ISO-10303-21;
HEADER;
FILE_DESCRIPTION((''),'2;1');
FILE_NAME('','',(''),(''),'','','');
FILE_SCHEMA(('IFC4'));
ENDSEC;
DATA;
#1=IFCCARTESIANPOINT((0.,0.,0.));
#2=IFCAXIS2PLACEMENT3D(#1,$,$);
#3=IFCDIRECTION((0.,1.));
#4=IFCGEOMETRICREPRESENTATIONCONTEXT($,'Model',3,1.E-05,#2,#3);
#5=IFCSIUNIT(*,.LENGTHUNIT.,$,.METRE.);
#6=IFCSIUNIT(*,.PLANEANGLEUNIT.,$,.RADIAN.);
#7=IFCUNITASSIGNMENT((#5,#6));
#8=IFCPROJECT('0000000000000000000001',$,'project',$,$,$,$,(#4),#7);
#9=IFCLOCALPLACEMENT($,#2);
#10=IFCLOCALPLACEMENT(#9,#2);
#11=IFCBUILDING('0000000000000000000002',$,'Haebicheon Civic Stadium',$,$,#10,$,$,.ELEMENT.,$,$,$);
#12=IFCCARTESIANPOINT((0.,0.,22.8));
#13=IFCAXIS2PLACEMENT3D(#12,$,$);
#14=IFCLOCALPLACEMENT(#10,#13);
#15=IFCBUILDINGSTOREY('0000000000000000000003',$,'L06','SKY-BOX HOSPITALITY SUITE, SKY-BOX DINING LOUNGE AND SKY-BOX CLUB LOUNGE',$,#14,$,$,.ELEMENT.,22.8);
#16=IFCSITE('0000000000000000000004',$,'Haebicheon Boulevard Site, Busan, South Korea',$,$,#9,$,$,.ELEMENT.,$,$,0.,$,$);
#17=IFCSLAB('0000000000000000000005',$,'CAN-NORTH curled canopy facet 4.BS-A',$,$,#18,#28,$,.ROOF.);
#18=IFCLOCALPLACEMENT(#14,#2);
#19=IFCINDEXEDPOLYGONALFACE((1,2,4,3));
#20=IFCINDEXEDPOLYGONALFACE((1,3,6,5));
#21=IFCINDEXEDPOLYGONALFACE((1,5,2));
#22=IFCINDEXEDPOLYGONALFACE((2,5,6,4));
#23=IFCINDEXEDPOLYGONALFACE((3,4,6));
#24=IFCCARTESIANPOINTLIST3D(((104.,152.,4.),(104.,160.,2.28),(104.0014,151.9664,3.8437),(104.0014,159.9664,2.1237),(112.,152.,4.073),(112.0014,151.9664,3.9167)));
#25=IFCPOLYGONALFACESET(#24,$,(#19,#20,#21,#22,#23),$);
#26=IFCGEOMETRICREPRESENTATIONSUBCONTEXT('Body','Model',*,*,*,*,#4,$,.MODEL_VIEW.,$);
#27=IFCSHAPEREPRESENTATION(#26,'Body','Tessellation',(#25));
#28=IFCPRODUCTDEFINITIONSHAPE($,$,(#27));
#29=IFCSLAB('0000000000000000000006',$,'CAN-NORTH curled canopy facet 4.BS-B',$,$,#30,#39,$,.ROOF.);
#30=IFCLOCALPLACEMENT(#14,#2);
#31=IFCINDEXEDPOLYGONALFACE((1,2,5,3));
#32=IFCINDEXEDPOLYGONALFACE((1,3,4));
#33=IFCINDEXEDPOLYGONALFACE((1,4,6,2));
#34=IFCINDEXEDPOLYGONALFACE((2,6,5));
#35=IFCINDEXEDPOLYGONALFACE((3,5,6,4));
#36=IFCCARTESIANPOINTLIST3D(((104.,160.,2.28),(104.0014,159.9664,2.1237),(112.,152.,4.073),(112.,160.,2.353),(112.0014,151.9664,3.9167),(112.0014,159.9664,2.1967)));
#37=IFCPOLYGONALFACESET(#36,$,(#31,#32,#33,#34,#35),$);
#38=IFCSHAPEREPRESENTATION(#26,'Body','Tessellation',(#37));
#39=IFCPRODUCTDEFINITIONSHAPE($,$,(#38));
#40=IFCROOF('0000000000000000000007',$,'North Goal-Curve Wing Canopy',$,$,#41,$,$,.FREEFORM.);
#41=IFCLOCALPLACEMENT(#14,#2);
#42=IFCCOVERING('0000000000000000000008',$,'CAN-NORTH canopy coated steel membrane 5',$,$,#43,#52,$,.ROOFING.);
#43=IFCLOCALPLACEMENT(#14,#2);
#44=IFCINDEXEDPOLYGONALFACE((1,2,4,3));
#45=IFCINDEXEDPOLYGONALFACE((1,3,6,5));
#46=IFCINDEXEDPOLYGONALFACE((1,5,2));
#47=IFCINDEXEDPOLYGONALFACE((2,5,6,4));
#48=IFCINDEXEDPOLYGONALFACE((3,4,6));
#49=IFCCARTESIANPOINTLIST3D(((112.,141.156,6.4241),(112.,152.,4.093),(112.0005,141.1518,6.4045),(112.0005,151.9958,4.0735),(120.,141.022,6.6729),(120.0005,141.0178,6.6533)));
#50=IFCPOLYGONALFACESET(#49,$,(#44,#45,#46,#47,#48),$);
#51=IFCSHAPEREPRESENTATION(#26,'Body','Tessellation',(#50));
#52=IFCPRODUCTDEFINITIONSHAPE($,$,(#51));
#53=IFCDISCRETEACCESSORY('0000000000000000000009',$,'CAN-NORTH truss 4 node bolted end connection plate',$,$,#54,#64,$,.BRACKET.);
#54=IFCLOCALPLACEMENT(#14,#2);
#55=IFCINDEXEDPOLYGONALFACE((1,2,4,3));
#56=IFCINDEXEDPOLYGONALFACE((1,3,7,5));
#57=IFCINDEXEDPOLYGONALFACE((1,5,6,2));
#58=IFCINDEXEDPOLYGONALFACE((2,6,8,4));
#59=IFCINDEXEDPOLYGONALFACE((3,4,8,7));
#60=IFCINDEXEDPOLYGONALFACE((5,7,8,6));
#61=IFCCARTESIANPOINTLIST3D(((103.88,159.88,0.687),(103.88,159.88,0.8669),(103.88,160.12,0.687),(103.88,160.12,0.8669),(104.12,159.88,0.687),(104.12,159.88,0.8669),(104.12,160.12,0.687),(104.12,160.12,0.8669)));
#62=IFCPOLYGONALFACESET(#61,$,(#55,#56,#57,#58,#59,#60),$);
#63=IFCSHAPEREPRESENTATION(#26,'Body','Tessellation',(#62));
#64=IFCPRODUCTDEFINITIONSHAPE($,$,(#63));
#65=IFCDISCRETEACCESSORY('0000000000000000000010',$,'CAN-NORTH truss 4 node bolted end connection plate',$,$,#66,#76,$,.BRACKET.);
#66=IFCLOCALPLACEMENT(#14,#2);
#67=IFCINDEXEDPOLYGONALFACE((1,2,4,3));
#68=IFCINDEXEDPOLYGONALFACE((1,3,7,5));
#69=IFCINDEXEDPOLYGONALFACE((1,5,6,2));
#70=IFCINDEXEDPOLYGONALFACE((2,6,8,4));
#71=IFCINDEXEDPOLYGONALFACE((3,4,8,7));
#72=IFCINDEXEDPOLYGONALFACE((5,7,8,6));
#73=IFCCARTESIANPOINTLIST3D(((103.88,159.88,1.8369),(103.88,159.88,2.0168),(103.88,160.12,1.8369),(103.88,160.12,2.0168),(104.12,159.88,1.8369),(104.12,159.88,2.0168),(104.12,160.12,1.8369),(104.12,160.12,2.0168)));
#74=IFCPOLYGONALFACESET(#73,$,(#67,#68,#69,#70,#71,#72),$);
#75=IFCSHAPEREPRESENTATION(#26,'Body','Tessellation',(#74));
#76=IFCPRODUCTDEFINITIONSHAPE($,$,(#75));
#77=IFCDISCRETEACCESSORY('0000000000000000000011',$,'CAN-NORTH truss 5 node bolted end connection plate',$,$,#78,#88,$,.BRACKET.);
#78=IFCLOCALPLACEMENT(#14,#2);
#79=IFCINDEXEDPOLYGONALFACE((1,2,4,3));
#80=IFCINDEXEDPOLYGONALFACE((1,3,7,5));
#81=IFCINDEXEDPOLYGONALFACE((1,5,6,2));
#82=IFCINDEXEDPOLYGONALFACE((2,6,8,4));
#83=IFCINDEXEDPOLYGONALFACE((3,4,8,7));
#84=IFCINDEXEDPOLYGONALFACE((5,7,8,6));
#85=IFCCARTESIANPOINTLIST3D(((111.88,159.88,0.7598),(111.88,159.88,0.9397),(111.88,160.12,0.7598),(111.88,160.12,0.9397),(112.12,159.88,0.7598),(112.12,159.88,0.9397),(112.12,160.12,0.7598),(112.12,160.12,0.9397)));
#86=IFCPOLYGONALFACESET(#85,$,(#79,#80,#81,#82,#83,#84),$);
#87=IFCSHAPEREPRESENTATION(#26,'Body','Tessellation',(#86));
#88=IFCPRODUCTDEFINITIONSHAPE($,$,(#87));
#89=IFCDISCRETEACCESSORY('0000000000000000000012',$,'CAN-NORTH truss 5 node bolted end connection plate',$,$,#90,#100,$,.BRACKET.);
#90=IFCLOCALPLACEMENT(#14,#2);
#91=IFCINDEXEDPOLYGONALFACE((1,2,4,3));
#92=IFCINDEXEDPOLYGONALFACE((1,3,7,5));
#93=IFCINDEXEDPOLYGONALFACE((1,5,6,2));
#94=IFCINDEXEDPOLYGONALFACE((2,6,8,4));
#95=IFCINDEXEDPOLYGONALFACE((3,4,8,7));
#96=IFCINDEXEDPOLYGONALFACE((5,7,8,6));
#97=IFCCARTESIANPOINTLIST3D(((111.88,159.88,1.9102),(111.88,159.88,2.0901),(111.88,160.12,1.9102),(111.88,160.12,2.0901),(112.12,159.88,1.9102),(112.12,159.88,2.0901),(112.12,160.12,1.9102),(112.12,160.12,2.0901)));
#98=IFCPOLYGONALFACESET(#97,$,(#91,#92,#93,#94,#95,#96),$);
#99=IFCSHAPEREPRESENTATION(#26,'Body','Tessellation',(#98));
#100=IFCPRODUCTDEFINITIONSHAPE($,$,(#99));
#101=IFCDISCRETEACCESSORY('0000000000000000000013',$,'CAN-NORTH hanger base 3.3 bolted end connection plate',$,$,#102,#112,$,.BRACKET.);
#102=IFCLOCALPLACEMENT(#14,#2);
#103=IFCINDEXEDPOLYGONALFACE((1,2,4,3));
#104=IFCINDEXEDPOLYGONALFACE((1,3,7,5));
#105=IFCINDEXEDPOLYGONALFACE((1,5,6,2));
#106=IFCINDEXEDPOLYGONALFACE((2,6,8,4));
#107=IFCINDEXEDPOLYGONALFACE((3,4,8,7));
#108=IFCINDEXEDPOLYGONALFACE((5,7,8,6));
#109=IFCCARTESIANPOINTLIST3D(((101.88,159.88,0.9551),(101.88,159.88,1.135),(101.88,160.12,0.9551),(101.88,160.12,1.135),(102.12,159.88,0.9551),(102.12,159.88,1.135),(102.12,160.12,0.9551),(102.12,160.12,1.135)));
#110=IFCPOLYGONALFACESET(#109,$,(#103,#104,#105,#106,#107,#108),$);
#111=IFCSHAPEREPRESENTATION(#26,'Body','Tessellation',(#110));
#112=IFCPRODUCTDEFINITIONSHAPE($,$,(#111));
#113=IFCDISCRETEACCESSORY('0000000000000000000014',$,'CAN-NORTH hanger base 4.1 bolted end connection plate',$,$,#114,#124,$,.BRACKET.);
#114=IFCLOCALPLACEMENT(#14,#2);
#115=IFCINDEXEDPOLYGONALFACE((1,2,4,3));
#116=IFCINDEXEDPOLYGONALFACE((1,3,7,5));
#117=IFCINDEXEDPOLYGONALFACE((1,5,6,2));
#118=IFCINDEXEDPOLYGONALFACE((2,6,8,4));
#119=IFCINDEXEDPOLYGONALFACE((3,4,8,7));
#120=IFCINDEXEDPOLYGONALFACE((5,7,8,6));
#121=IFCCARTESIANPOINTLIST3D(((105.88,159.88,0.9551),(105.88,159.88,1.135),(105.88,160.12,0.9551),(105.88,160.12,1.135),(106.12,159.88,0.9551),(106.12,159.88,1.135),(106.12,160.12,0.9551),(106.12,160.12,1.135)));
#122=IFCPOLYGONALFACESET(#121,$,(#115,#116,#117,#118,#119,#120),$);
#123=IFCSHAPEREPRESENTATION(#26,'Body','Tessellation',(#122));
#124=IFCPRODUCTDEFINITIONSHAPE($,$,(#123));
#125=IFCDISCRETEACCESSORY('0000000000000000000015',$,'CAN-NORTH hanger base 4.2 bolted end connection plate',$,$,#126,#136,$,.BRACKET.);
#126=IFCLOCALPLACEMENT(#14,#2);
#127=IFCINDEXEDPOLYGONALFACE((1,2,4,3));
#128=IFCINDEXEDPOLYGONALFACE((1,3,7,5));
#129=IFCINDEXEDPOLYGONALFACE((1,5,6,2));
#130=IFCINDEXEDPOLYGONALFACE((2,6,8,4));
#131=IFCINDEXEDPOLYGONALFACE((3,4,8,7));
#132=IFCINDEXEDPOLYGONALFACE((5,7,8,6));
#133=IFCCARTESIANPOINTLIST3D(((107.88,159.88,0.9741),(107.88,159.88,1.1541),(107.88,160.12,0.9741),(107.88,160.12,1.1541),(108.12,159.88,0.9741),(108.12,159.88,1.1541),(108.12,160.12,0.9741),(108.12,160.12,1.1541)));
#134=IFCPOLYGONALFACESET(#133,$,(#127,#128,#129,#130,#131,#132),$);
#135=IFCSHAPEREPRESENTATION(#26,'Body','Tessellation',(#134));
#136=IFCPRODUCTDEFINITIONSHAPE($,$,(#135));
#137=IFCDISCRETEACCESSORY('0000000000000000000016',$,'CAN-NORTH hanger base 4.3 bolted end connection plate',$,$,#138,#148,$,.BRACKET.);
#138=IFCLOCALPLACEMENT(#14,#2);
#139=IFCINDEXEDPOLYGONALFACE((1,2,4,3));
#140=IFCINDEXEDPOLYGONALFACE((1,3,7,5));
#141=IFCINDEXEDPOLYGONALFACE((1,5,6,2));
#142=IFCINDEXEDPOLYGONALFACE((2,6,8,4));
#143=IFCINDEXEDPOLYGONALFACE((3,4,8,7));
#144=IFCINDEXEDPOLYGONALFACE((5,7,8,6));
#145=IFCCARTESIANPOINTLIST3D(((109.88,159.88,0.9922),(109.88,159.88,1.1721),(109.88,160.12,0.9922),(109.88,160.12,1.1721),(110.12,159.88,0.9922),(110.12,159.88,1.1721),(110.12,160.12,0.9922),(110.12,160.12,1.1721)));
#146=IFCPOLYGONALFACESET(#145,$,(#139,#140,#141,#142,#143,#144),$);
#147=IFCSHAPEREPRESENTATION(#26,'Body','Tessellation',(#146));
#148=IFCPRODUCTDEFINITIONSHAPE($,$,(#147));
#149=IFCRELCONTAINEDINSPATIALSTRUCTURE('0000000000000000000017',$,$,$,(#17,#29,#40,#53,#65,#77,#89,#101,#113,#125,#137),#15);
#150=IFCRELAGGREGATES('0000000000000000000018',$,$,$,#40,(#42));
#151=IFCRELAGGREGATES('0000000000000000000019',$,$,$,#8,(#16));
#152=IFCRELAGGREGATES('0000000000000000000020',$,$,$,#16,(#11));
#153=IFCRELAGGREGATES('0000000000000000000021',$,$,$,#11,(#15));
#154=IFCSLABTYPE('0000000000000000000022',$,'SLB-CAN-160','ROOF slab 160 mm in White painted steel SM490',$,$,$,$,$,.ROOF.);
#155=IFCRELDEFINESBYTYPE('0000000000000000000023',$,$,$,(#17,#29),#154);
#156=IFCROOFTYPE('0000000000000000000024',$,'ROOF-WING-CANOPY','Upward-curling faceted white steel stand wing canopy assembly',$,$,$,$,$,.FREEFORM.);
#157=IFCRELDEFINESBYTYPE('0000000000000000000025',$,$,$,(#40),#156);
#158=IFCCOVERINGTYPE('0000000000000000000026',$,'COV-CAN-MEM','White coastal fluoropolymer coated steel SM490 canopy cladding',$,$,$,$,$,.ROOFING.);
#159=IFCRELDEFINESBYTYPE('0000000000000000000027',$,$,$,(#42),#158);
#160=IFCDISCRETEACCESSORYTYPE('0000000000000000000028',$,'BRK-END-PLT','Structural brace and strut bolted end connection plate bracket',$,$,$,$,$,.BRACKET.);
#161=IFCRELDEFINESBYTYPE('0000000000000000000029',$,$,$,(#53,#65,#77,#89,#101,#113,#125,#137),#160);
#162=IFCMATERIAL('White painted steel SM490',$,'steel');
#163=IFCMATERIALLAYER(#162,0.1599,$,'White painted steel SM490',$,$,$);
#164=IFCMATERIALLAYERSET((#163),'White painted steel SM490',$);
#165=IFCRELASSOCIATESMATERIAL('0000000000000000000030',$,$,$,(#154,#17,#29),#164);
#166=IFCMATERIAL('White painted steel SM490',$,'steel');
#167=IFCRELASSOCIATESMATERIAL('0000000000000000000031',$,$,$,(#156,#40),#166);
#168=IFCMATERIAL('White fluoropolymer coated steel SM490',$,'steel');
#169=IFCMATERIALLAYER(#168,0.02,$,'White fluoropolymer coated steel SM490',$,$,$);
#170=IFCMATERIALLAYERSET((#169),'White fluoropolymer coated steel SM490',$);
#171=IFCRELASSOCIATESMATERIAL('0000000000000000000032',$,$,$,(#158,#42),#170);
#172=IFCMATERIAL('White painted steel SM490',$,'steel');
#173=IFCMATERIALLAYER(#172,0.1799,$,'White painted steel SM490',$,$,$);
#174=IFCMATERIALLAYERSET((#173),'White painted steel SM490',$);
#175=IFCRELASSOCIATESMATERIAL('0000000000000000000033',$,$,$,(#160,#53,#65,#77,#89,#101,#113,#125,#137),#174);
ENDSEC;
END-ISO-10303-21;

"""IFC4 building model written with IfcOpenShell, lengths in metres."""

from ifc_helpers import new_model, si_unit, direction, frame, origin, origin_2d, place, context, subcontext, project, spatial, polyline, rectangle, outline, extrude, material, layer, layer_set, type_object, element, aggregate, save


model = new_model("IFC4")

# Units and contexts
model_context = context("Model", 3, precision=1e-05, world=origin(), true_north=direction((0.0, 1.0)))
body_context = subcontext(model_context, "Body", "Model", "MODEL_VIEW")
ifc_project = project(units=[si_unit("LENGTHUNIT", "METRE"), si_unit("PLANEANGLEUNIT", "RADIAN")], contexts=[model_context])

# Site, building, storey
site_placement = place(None, origin())
site = spatial("IfcSite", under=ifc_project, at=site_placement, Name="Haebicheon Boulevard Site, Busan, South Korea", CompositionType="ELEMENT", RefElevation=0.0)
building_placement = place(site_placement, origin())
building = spatial("IfcBuilding", under=site, at=building_placement, Name="Haebicheon Civic Stadium", CompositionType="ELEMENT")
storey_placement = place(building_placement, frame((0.0, 0.0, 22.8)))
storey = spatial("IfcBuildingStorey", under=building, at=storey_placement, Name="L06", Description="SKY-BOX HOSPITALITY SUITE, SKY-BOX DINING LOUNGE AND SKY-BOX CLUB LOUNGE", CompositionType="ELEMENT", Elevation=22.8)

# Slabs
ifc_material_1 = material(Name="White painted steel SM490", Category="steel")
ifc_layer_1 = layer(ifc_material_1, 0.1599, Name="White painted steel SM490")
ifc_layer_set_1 = layer_set([ifc_layer_1], Name="White painted steel SM490")
slab_type = type_object("IfcSlabType", Name="SLB-CAN-160", Description="ROOF slab 160 mm in White painted steel SM490", PredefinedType="ROOF", material=ifc_layer_set_1)
slab_1_placement = place(storey_placement, frame((104.0, 160.0, 2.28), z_axis=(-0.008921, 0.210185, 0.977621), x_axis=(0.0, -0.97766, 0.210193)))
element("IfcSlab", 1, at=slab_1_placement, inside=storey, type_object=slab_type, material=ifc_layer_set_1, Name="CAN-NORTH curled canopy facet 4.BS-A", PredefinedType="ROOF", context=body_context, shape_type="SweptSolid", body=[
    extrude(outline(polyline([(0.0, 0.0), (8.1828, 0.0), (8.1981, 8.0003), (0.0, 0.0)])), origin(), (0.0, 0.0, -1.0), 0.1599),
])
slab_2_placement = place(storey_placement, frame((104.0, 160.0, 2.28), z_axis=(-0.008921, 0.210185, 0.977621), x_axis=(0.698391, -0.698391, 0.156524)))
element("IfcSlab", 2, at=slab_2_placement, inside=storey, type_object=slab_type, material=ifc_layer_set_1, Name="CAN-NORTH curled canopy facet 4.BS-B", PredefinedType="ROOF", context=body_context, shape_type="SweptSolid", body=[
    extrude(outline(polyline([(0.0, 0.0), (11.4549, 0.0), (5.5986, 5.715), (0.0, 0.0)])), origin(), (0.0, 0.0, -1.0), 0.1599),
])

# Roof, covering
ifc_material_2 = material(Name="White painted steel SM490", Category="steel")
roof_type = type_object("IfcRoofType", Name="ROOF-WING-CANOPY", Description="Upward-curling faceted white steel stand wing canopy assembly", PredefinedType="FREEFORM", material=ifc_material_2)
roof_placement = place(storey_placement, origin())
roof = element("IfcRoof", 3, at=roof_placement, inside=storey, type_object=roof_type, material=ifc_material_2, Name="North Goal-Curve Wing Canopy", PredefinedType="FREEFORM")
ifc_material_3 = material(Name="White fluoropolymer coated steel SM490", Category="steel")
ifc_layer_2 = layer(ifc_material_3, 0.02, Name="White fluoropolymer coated steel SM490")
ifc_layer_set_2 = layer_set([ifc_layer_2], Name="White fluoropolymer coated steel SM490")
covering_type = type_object("IfcCoveringType", Name="COV-CAN-MEM", Description="White coastal fluoropolymer coated steel SM490 canopy cladding", PredefinedType="ROOFING", material=ifc_layer_set_2)
covering_placement = place(storey_placement, frame((112.0, 152.0, 4.093), z_axis=(-0.026872, 0.210086, 0.977314), x_axis=(0.0, -0.977667, 0.210162)))
covering = element("IfcCovering", 4, at=covering_placement, type_object=covering_type, material=ifc_layer_set_2, Name="CAN-NORTH canopy coated steel membrane 5", PredefinedType="ROOFING", context=body_context, shape_type="SweptSolid", body=[
    extrude(outline(polyline([(0.0, 0.0), (11.0917, 0.0), (11.275, 8.0029), (0.0, 0.0)])), origin(), (0.0, 0.0, -1.0), 0.02),
])
aggregate(roof, [covering])

# Discrete accessories
ifc_material_4 = material(Name="White painted steel SM490", Category="steel")
ifc_layer_3 = layer(ifc_material_4, 0.1799, Name="White painted steel SM490")
ifc_layer_set_3 = layer_set([ifc_layer_3], Name="White painted steel SM490")
discrete_accessory_type = type_object("IfcDiscreteAccessoryType", Name="BRK-END-PLT", Description="Structural brace and strut bolted end connection plate bracket", PredefinedType="BRACKET", material=ifc_layer_set_3)
for number, where, z_axis, x_axis, name in (
    (5, (104.0, 160.0, 0.687), (0.0, 0.0, 1.0), (1.0, 0.0, 0.0), "CAN-NORTH truss 4 node bolted end connection plate"),
    (6, (104.0, 160.0, 1.8369), (0.0, 0.0, 1.0), (1.0, 0.0, 0.0), "CAN-NORTH truss 4 node bolted end connection plate"),
    (7, (112.0, 160.0, 0.7598), (0.0, 0.0, 1.0), (1.0, 0.0, 0.0), "CAN-NORTH truss 5 node bolted end connection plate"),
    (8, (112.0, 160.0, 1.9102), (0.0, 0.0, 1.0), (1.0, 0.0, 0.0), "CAN-NORTH truss 5 node bolted end connection plate"),
    (9, (102.0, 160.0, 0.9551), (0.0, 0.0, 1.0), (1.0, 0.0, 0.0), "CAN-NORTH hanger base 3.3 bolted end connection plate"),
    (10, (106.0, 160.0, 0.9551), (0.0, 0.0, 1.0), (1.0, 0.0, 0.0), "CAN-NORTH hanger base 4.1 bolted end connection plate"),
    (11, (108.0, 160.0, 0.9741), (0.0, 0.0, 1.0), (1.0, 0.0, 0.0), "CAN-NORTH hanger base 4.2 bolted end connection plate"),
    (12, (110.0, 160.0, 0.9922), (0.0, 0.0, 1.0), (1.0, 0.0, 0.0), "CAN-NORTH hanger base 4.3 bolted end connection plate"),
):
    element("IfcDiscreteAccessory", number, at=place(storey_placement, frame(where, z_axis=z_axis, x_axis=x_axis)), inside=storey, type_object=discrete_accessory_type, material=ifc_layer_set_3, Name=name, PredefinedType="BRACKET", context=body_context, shape_type="SweptSolid", body=[
        extrude(rectangle(XDim=0.24, YDim=0.24, at=origin_2d()), origin(), (0.0, 0.0, 1.0), 0.1799),
    ])

save(model, "model.ifc")
